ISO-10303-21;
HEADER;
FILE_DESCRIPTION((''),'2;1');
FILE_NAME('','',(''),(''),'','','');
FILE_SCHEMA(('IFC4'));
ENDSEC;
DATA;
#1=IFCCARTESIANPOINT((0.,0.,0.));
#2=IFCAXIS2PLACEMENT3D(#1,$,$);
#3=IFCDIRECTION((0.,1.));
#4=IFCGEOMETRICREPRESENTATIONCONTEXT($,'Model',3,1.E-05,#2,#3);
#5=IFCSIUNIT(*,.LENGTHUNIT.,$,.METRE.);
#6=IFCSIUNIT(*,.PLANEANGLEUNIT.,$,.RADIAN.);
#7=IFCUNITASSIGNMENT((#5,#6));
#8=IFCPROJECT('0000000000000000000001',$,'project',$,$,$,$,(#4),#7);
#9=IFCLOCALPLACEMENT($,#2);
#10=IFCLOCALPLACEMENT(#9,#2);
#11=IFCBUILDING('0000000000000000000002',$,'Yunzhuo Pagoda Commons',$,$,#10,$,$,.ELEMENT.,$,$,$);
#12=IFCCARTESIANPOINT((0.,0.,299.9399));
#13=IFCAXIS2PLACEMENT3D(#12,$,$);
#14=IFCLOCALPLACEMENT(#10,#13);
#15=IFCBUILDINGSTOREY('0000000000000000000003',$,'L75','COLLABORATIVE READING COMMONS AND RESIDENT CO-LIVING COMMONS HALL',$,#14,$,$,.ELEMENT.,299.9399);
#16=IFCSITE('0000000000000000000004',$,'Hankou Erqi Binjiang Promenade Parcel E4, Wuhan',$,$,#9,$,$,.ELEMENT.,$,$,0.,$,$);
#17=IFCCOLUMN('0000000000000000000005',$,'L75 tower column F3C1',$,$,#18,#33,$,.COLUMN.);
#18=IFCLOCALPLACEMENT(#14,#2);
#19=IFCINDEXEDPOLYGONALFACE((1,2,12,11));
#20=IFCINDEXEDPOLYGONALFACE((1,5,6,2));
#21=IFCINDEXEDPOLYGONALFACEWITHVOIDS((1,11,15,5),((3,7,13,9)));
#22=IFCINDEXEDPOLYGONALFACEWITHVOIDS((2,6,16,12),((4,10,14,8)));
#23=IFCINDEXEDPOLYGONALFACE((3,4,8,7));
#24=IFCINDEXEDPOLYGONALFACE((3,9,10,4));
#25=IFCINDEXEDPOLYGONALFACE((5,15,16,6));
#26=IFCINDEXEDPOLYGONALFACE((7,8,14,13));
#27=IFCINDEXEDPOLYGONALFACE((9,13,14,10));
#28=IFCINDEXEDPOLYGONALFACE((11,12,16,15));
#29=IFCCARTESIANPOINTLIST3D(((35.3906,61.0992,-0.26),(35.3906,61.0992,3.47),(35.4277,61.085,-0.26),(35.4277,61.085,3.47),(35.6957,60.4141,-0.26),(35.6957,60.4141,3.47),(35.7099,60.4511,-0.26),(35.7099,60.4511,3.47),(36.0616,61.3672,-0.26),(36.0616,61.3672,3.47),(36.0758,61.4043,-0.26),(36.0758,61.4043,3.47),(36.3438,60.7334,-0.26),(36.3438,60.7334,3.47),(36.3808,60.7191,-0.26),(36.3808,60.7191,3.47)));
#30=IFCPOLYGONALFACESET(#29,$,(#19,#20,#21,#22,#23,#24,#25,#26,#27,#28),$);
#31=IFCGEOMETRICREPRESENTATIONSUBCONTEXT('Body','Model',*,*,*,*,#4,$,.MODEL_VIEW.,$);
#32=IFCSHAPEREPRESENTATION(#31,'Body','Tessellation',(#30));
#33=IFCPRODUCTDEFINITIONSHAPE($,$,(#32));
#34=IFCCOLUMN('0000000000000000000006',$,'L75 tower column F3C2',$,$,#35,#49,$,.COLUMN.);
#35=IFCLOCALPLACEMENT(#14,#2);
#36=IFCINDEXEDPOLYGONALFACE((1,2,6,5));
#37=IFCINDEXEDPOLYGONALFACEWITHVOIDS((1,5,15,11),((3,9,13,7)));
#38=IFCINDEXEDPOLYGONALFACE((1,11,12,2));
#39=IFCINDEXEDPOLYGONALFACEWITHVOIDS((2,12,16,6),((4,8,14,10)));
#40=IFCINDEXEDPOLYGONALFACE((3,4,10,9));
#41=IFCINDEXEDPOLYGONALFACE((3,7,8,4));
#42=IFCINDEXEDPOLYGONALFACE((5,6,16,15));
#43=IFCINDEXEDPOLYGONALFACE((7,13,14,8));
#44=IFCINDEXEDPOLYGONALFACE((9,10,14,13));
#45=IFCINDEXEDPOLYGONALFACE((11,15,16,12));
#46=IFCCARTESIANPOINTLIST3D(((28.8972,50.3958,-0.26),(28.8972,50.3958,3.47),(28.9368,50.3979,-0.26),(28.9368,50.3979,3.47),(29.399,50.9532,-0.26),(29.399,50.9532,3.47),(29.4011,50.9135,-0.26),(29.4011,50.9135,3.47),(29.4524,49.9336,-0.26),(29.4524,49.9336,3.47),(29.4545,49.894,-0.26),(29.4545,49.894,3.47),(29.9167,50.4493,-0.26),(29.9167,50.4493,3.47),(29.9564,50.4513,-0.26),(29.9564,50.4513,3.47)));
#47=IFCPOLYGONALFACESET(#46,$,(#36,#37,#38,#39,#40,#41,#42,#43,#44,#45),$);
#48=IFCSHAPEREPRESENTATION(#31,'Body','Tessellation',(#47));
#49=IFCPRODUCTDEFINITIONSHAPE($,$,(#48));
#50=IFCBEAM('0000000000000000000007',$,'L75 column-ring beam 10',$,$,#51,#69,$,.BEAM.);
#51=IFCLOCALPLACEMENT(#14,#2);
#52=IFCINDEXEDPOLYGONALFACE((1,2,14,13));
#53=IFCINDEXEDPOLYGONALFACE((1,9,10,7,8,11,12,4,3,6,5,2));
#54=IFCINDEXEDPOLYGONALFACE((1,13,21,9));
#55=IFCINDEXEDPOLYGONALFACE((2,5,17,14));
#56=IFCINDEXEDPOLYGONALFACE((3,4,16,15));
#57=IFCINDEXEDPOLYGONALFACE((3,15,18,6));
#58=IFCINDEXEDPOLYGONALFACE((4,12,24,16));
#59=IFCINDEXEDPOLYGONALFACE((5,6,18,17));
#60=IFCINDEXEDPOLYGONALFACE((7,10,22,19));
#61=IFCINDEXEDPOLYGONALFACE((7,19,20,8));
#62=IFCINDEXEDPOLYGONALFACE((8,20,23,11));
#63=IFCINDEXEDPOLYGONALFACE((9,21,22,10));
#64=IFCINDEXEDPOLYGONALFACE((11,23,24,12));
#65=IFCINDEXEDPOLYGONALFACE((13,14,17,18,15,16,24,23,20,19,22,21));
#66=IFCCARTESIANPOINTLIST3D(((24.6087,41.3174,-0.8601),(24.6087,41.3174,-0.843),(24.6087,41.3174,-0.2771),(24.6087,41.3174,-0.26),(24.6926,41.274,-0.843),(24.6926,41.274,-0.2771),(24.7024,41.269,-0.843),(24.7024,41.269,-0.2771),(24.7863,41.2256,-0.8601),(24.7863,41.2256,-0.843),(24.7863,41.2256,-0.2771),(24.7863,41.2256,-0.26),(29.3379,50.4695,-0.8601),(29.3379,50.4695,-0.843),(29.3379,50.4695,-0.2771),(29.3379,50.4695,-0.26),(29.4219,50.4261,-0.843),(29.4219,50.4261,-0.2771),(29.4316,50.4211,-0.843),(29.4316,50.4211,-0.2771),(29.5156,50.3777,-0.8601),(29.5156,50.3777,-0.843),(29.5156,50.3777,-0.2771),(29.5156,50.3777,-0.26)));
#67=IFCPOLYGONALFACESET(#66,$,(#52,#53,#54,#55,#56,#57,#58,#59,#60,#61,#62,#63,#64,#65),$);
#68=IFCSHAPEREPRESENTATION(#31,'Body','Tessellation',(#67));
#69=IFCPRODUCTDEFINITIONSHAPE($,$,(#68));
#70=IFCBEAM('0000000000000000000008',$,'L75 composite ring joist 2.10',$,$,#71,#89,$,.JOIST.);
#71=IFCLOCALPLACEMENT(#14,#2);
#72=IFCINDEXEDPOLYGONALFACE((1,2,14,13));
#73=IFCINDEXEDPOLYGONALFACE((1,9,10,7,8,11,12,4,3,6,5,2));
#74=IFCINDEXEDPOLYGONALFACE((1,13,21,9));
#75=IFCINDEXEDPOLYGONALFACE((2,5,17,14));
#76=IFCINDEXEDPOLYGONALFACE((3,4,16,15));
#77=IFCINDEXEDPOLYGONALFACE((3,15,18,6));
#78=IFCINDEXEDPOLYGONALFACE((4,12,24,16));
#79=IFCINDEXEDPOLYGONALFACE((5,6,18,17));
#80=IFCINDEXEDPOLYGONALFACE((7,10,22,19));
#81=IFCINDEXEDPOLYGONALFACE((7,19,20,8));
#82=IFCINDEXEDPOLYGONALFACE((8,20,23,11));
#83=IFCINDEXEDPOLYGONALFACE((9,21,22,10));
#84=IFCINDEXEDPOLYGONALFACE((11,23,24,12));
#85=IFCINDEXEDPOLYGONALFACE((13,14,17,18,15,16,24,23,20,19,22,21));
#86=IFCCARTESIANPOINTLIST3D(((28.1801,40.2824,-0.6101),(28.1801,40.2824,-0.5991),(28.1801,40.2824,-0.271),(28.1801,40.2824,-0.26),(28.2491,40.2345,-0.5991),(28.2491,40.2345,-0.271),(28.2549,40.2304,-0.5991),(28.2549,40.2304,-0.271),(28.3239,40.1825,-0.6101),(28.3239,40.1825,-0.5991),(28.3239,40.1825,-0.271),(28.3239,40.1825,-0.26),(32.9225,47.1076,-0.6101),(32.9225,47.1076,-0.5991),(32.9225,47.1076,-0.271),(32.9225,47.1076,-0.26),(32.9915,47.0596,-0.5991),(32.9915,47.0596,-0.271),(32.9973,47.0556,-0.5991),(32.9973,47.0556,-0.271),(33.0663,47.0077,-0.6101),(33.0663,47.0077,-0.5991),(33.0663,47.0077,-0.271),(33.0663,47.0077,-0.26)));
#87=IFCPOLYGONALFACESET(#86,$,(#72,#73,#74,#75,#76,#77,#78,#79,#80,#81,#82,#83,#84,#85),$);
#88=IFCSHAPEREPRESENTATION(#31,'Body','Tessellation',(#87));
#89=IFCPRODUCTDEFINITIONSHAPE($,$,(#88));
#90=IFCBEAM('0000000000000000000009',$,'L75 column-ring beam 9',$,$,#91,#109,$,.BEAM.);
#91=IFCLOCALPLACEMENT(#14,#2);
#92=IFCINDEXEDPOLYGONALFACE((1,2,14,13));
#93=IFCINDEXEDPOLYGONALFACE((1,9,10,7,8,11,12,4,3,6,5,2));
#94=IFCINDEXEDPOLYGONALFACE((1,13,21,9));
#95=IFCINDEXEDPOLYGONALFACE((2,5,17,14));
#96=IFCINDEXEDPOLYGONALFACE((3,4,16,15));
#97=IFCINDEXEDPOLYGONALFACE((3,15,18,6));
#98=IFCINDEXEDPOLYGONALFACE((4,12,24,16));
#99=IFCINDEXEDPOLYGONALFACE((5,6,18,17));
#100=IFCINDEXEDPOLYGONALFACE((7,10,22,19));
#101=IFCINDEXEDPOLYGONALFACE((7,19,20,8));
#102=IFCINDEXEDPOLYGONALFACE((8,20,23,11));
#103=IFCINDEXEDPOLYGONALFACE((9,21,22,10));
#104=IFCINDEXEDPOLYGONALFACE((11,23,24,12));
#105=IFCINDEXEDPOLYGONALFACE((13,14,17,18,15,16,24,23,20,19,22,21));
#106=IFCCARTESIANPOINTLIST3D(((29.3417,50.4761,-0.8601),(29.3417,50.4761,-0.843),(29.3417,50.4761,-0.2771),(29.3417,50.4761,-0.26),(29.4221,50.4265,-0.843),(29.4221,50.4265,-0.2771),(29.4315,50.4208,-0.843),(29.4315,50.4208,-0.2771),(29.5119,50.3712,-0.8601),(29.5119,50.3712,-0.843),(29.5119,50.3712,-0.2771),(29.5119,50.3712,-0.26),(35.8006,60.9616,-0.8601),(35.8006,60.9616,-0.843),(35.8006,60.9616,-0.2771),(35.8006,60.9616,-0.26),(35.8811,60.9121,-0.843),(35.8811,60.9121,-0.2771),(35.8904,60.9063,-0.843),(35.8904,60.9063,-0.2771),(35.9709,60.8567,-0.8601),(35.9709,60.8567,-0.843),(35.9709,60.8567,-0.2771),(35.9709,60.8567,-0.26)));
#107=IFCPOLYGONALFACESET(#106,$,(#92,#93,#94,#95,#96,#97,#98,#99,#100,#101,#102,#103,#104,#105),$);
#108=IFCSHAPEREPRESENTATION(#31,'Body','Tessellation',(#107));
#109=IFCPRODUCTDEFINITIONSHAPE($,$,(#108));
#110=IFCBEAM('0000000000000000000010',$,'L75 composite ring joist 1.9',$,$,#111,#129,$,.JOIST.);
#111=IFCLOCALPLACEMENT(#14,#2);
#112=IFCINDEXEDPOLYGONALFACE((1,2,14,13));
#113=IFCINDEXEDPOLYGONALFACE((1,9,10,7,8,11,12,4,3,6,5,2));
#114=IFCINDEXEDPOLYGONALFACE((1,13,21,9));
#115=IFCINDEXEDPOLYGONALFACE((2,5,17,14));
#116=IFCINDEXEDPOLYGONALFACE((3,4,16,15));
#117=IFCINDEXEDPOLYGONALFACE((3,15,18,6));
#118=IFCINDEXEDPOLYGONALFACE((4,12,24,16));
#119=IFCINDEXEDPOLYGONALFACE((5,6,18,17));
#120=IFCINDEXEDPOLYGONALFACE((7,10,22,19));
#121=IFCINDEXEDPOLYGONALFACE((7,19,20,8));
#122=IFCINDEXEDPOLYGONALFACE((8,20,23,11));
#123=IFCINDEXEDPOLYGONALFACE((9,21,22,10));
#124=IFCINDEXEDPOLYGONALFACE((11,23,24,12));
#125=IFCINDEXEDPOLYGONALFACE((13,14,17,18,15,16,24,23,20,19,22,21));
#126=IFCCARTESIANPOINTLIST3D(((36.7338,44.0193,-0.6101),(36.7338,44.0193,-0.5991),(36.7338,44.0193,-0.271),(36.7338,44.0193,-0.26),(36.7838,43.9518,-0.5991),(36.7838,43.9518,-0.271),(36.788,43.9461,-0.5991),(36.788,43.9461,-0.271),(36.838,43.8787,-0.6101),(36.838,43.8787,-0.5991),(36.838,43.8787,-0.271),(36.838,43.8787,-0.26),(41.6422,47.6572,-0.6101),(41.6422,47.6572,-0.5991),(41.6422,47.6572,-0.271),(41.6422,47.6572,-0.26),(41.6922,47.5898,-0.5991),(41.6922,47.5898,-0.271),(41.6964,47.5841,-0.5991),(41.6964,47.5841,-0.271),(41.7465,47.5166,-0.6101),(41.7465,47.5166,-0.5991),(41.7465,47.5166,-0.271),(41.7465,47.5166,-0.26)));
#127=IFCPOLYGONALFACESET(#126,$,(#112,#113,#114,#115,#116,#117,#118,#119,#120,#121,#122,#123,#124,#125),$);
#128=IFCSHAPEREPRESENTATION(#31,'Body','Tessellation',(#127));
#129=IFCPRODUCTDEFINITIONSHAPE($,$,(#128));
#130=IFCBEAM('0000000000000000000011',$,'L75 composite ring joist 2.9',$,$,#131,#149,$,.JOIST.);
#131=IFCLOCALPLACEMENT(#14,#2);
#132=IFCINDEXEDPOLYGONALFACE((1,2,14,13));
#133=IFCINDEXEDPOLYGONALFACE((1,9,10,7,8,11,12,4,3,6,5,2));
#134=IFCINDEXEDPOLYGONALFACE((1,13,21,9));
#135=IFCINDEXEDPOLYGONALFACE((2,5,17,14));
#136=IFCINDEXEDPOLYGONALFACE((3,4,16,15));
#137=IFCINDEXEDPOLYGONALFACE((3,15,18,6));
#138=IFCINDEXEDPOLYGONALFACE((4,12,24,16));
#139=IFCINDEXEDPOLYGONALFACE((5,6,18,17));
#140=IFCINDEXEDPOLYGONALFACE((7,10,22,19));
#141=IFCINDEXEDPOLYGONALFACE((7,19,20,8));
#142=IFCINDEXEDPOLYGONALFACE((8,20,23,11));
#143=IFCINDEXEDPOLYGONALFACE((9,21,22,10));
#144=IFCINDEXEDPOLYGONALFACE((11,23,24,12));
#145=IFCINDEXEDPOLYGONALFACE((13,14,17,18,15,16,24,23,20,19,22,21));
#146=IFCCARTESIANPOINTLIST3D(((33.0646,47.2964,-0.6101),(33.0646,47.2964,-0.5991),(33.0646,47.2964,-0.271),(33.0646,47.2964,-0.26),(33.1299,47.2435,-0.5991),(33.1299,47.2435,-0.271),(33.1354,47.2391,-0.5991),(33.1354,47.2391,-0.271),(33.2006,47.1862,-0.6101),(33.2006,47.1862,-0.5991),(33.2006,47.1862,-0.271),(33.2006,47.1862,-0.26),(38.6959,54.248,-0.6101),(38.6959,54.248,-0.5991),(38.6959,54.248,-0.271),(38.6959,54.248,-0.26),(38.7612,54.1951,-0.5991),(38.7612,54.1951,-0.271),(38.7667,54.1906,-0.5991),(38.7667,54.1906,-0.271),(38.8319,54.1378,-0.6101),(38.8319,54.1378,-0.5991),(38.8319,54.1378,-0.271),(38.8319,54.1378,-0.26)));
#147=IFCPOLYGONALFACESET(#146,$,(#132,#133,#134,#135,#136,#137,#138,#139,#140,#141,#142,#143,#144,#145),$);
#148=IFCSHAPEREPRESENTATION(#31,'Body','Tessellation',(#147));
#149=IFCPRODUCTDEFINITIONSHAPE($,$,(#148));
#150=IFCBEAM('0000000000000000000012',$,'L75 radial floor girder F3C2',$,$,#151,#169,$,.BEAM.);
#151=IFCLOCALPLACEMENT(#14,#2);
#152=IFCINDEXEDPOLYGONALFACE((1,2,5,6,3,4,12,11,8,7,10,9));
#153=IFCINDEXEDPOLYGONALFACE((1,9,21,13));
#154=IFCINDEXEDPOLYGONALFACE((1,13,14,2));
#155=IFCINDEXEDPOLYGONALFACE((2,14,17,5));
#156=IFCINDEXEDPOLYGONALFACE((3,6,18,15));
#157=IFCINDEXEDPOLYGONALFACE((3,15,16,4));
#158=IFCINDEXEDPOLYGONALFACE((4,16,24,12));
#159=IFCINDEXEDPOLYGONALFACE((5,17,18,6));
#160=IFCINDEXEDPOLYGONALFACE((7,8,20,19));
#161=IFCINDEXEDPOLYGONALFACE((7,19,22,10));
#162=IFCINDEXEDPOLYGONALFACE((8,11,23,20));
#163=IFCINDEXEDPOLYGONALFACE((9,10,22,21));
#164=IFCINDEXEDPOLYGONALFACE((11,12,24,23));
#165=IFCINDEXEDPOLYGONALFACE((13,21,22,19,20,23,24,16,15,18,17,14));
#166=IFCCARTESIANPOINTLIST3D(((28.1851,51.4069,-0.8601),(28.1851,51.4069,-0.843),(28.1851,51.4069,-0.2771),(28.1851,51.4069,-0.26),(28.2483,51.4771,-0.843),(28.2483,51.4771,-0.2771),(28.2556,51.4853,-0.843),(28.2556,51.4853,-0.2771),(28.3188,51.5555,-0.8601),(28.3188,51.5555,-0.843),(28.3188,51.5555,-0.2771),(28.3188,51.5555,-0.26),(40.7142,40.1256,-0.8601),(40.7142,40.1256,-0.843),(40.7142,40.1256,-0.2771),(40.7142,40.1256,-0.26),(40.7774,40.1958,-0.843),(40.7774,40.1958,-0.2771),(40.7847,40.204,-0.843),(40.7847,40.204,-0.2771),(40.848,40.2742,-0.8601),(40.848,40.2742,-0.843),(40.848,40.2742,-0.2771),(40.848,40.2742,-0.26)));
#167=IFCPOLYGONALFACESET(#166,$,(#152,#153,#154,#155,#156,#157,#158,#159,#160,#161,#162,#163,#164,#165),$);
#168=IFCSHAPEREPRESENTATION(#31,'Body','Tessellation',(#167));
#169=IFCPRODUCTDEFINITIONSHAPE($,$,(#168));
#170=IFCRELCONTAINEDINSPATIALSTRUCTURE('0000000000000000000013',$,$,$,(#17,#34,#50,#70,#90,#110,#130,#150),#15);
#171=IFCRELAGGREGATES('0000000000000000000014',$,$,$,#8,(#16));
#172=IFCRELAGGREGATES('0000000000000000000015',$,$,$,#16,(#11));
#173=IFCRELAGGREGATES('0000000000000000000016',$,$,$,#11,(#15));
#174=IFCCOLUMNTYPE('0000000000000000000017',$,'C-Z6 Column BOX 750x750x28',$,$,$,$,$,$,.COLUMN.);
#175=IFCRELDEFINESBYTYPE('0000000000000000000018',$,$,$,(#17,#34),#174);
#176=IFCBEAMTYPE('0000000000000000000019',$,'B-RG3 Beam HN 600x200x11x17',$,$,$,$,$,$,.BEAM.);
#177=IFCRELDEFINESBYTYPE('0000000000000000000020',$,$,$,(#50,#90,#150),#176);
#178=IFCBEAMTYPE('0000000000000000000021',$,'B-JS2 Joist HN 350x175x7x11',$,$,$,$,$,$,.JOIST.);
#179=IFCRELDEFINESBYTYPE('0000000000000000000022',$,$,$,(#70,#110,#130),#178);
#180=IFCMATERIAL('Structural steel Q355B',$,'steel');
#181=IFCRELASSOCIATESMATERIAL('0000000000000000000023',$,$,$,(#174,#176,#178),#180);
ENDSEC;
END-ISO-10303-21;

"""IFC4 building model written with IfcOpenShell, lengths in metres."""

from ifc_helpers import new_model, si_unit, direction, frame, origin, origin_2d, place, context, subcontext, project, spatial, hollow_rectangle, i_section, extrude, source, transform, mapped, material, material_profile, profile_set, type_object, element, save


model = new_model("IFC4")

# Units and contexts
model_context = context("Model", 3, precision=1e-05, world=origin(), true_north=direction((0.0, 1.0)))
body_context = subcontext(model_context, "Body", "Model", "MODEL_VIEW")
ifc_project = project(units=[si_unit("LENGTHUNIT", "METRE"), si_unit("PLANEANGLEUNIT", "RADIAN")], contexts=[model_context])

# Site, building, storey
site_placement = place(None, origin())
site = spatial("IfcSite", under=ifc_project, at=site_placement, Name="Hankou Erqi Binjiang Promenade Parcel E4, Wuhan", CompositionType="ELEMENT", RefElevation=0.0)
building_placement = place(site_placement, origin())
building = spatial("IfcBuilding", under=site, at=building_placement, Name="Yunzhuo Pagoda Commons", CompositionType="ELEMENT")
storey_placement = place(building_placement, frame((0.0, 0.0, 299.9399)))
storey = spatial("IfcBuildingStorey", under=building, at=storey_placement, Name="L75", Description="COLLABORATIVE READING COMMONS AND RESIDENT CO-LIVING COMMONS HALL", CompositionType="ELEMENT", Elevation=299.9399)

# Columns
ifc_material_1 = material(Name="Structural steel Q355B", Category="steel")
ifc_material_profile_1 = material_profile(ifc_material_1, hollow_rectangle(XDim=0.75, YDim=0.75, WallThickness=0.0281, at=origin_2d()), Name="Structural steel Q355B")
ifc_profile_set_1 = profile_set([ifc_material_profile_1], Name="Structural steel Q355B")
column_type = type_object("IfcColumnType", Name="C-Z6 Column BOX 750x750x28", PredefinedType="COLUMN", material=ifc_profile_set_1)
shared_shape_1 = source(origin(), body_context, "Body", "SweptSolid", [
    extrude(hollow_rectangle(XDim=0.75, YDim=0.75, WallThickness=0.0281, at=origin_2d()), origin(), (0.0, 0.0, 1.0), 3.73),
])
for number, where, z_axis, x_axis, name in (
    (1, (35.8857, 60.9092, -0.26), (0.0, 0.0, 1.0), (-0.913545, -0.406737, 0.0), "L75 tower column F3C1"),
    (2, (29.4268, 50.4236, -0.26), (0.0, 0.0, 1.0), (-0.669131, -0.743145, 0.0), "L75 tower column F3C2"),
):
    element("IfcColumn", number, at=place(storey_placement, frame(where, z_axis=z_axis, x_axis=x_axis)), inside=storey, type_object=column_type, Name=name, PredefinedType="COLUMN", context=body_context, shape_type="MappedRepresentation", body=[
        mapped(shared_shape_1, transform((0.0, 0.0, 0.0), scale=1.0)),
    ])

# Beams
ifc_material_profile_2 = material_profile(ifc_material_1, i_section(OverallWidth=0.2, OverallDepth=0.6001, WebThickness=0.011, FlangeThickness=0.0171, at=origin_2d()), Name="Structural steel Q355B")
ifc_profile_set_2 = profile_set([ifc_material_profile_2], Name="Structural steel Q355B")
beam_type_1 = type_object("IfcBeamType", Name="B-RG3 Beam HN 600x200x11x17", PredefinedType="BEAM", material=ifc_profile_set_2)
shared_shape_2 = source(origin(), body_context, "Body", "SweptSolid", [
    extrude(i_section(OverallWidth=0.2, OverallDepth=0.6001, WebThickness=0.011, FlangeThickness=0.0171, at=origin_2d()), origin(), (0.0, 0.0, 1.0), 10.3018),
])
beam_1_placement = place(storey_placement, frame((29.4268, 50.4236, -0.5601), z_axis=(-0.459071, -0.8884, 0.0), x_axis=(0.8884, -0.459071, 0.0)))
element("IfcBeam", 3, at=beam_1_placement, inside=storey, type_object=beam_type_1, Name="L75 column-ring beam 10", PredefinedType="BEAM", context=body_context, shape_type="MappedRepresentation", body=[
    mapped(shared_shape_2, transform((0.0, 0.0, 0.0), scale=1.0)),
])
ifc_material_profile_3 = material_profile(ifc_material_1, i_section(OverallWidth=0.175, OverallDepth=0.3501, WebThickness=0.0071, FlangeThickness=0.011, at=origin_2d()), Name="Structural steel Q355B")
ifc_profile_set_3 = profile_set([ifc_material_profile_3], Name="Structural steel Q355B")
beam_type_2 = type_object("IfcBeamType", Name="B-JS2 Joist HN 350x175x7x11", PredefinedType="JOIST", material=ifc_profile_set_3)
shared_shape_3 = source(origin(), body_context, "Body", "SweptSolid", [
    extrude(i_section(OverallWidth=0.175, OverallDepth=0.3501, WebThickness=0.0071, FlangeThickness=0.011, at=origin_2d()), origin(), (0.0, 0.0, 1.0), 8.311),
])
beam_2_placement = place(storey_placement, frame((32.9944, 47.0576, -0.4351), z_axis=(-0.570616, -0.821217, 0.0), x_axis=(0.821217, -0.570616, 0.0)))
element("IfcBeam", 4, at=beam_2_placement, inside=storey, type_object=beam_type_2, Name="L75 composite ring joist 2.10", PredefinedType="JOIST", context=body_context, shape_type="MappedRepresentation", body=[
    mapped(shared_shape_3, transform((0.0, 0.0, 0.0), scale=1.0)),
])
shared_shape_4 = source(origin(), body_context, "Body", "SweptSolid", [
    extrude(i_section(OverallWidth=0.2, OverallDepth=0.6001, WebThickness=0.011, FlangeThickness=0.0171, at=origin_2d()), origin(), (0.0, 0.0, 1.0), 12.3152),
])
beam_3_placement = place(storey_placement, frame((35.8857, 60.9092, -0.5601), z_axis=(-0.524469, -0.85143, 0.0), x_axis=(0.85143, -0.524469, 0.0)))
element("IfcBeam", 5, at=beam_3_placement, inside=storey, type_object=beam_type_1, Name="L75 column-ring beam 9", PredefinedType="BEAM", context=body_context, shape_type="MappedRepresentation", body=[
    mapped(shared_shape_4, transform((0.0, 0.0, 0.0), scale=1.0)),
])
shared_shape_5 = source(origin(), body_context, "Body", "SweptSolid", [
    extrude(i_section(OverallWidth=0.175, OverallDepth=0.3501, WebThickness=0.0071, FlangeThickness=0.011, at=origin_2d()), origin(), (0.0, 0.0, 1.0), 6.1096),
])
beam_4_placement = place(storey_placement, frame((41.6943, 47.5869, -0.4351), z_axis=(-0.803396, -0.595444, 0.0), x_axis=(0.595444, -0.803396, 0.0)))
element("IfcBeam", 6, at=beam_4_placement, inside=storey, type_object=beam_type_2, Name="L75 composite ring joist 1.9", PredefinedType="JOIST", context=body_context, shape_type="MappedRepresentation", body=[
    mapped(shared_shape_5, transform((0.0, 0.0, 0.0), scale=1.0)),
])
shared_shape_6 = source(origin(), body_context, "Body", "SweptSolid", [
    extrude(i_section(OverallWidth=0.175, OverallDepth=0.3501, WebThickness=0.0071, FlangeThickness=0.011, at=origin_2d()), origin(), (0.0, 0.0, 1.0), 8.9463),
])
beam_5_placement = place(storey_placement, frame((38.7639, 54.1929, -0.4351), z_axis=(-0.629456, -0.777036, 0.0), x_axis=(0.777036, -0.629456, 0.0)))
element("IfcBeam", 7, at=beam_5_placement, inside=storey, type_object=beam_type_2, Name="L75 composite ring joist 2.9", PredefinedType="JOIST", context=body_context, shape_type="MappedRepresentation", body=[
    mapped(shared_shape_6, transform((0.0, 0.0, 0.0), scale=1.0)),
])
shared_shape_7 = source(origin(), body_context, "Body", "SweptSolid", [
    extrude(i_section(OverallWidth=0.2, OverallDepth=0.6001, WebThickness=0.011, FlangeThickness=0.0171, at=origin_2d()), origin(), (0.0, 0.0, 1.0), 16.8596),
])
beam_6_placement = place(storey_placement, frame((28.252, 51.4812, -0.5601), z_axis=(0.743144, -0.669132, 0.0), x_axis=(0.669132, 0.743144, 0.0)))
element("IfcBeam", 8, at=beam_6_placement, inside=storey, type_object=beam_type_1, Name="L75 radial floor girder F3C2", PredefinedType="BEAM", context=body_context, shape_type="MappedRepresentation", body=[
    mapped(shared_shape_7, transform((0.0, 0.0, 0.0), scale=1.0)),
])

save(model, "model.ifc")
